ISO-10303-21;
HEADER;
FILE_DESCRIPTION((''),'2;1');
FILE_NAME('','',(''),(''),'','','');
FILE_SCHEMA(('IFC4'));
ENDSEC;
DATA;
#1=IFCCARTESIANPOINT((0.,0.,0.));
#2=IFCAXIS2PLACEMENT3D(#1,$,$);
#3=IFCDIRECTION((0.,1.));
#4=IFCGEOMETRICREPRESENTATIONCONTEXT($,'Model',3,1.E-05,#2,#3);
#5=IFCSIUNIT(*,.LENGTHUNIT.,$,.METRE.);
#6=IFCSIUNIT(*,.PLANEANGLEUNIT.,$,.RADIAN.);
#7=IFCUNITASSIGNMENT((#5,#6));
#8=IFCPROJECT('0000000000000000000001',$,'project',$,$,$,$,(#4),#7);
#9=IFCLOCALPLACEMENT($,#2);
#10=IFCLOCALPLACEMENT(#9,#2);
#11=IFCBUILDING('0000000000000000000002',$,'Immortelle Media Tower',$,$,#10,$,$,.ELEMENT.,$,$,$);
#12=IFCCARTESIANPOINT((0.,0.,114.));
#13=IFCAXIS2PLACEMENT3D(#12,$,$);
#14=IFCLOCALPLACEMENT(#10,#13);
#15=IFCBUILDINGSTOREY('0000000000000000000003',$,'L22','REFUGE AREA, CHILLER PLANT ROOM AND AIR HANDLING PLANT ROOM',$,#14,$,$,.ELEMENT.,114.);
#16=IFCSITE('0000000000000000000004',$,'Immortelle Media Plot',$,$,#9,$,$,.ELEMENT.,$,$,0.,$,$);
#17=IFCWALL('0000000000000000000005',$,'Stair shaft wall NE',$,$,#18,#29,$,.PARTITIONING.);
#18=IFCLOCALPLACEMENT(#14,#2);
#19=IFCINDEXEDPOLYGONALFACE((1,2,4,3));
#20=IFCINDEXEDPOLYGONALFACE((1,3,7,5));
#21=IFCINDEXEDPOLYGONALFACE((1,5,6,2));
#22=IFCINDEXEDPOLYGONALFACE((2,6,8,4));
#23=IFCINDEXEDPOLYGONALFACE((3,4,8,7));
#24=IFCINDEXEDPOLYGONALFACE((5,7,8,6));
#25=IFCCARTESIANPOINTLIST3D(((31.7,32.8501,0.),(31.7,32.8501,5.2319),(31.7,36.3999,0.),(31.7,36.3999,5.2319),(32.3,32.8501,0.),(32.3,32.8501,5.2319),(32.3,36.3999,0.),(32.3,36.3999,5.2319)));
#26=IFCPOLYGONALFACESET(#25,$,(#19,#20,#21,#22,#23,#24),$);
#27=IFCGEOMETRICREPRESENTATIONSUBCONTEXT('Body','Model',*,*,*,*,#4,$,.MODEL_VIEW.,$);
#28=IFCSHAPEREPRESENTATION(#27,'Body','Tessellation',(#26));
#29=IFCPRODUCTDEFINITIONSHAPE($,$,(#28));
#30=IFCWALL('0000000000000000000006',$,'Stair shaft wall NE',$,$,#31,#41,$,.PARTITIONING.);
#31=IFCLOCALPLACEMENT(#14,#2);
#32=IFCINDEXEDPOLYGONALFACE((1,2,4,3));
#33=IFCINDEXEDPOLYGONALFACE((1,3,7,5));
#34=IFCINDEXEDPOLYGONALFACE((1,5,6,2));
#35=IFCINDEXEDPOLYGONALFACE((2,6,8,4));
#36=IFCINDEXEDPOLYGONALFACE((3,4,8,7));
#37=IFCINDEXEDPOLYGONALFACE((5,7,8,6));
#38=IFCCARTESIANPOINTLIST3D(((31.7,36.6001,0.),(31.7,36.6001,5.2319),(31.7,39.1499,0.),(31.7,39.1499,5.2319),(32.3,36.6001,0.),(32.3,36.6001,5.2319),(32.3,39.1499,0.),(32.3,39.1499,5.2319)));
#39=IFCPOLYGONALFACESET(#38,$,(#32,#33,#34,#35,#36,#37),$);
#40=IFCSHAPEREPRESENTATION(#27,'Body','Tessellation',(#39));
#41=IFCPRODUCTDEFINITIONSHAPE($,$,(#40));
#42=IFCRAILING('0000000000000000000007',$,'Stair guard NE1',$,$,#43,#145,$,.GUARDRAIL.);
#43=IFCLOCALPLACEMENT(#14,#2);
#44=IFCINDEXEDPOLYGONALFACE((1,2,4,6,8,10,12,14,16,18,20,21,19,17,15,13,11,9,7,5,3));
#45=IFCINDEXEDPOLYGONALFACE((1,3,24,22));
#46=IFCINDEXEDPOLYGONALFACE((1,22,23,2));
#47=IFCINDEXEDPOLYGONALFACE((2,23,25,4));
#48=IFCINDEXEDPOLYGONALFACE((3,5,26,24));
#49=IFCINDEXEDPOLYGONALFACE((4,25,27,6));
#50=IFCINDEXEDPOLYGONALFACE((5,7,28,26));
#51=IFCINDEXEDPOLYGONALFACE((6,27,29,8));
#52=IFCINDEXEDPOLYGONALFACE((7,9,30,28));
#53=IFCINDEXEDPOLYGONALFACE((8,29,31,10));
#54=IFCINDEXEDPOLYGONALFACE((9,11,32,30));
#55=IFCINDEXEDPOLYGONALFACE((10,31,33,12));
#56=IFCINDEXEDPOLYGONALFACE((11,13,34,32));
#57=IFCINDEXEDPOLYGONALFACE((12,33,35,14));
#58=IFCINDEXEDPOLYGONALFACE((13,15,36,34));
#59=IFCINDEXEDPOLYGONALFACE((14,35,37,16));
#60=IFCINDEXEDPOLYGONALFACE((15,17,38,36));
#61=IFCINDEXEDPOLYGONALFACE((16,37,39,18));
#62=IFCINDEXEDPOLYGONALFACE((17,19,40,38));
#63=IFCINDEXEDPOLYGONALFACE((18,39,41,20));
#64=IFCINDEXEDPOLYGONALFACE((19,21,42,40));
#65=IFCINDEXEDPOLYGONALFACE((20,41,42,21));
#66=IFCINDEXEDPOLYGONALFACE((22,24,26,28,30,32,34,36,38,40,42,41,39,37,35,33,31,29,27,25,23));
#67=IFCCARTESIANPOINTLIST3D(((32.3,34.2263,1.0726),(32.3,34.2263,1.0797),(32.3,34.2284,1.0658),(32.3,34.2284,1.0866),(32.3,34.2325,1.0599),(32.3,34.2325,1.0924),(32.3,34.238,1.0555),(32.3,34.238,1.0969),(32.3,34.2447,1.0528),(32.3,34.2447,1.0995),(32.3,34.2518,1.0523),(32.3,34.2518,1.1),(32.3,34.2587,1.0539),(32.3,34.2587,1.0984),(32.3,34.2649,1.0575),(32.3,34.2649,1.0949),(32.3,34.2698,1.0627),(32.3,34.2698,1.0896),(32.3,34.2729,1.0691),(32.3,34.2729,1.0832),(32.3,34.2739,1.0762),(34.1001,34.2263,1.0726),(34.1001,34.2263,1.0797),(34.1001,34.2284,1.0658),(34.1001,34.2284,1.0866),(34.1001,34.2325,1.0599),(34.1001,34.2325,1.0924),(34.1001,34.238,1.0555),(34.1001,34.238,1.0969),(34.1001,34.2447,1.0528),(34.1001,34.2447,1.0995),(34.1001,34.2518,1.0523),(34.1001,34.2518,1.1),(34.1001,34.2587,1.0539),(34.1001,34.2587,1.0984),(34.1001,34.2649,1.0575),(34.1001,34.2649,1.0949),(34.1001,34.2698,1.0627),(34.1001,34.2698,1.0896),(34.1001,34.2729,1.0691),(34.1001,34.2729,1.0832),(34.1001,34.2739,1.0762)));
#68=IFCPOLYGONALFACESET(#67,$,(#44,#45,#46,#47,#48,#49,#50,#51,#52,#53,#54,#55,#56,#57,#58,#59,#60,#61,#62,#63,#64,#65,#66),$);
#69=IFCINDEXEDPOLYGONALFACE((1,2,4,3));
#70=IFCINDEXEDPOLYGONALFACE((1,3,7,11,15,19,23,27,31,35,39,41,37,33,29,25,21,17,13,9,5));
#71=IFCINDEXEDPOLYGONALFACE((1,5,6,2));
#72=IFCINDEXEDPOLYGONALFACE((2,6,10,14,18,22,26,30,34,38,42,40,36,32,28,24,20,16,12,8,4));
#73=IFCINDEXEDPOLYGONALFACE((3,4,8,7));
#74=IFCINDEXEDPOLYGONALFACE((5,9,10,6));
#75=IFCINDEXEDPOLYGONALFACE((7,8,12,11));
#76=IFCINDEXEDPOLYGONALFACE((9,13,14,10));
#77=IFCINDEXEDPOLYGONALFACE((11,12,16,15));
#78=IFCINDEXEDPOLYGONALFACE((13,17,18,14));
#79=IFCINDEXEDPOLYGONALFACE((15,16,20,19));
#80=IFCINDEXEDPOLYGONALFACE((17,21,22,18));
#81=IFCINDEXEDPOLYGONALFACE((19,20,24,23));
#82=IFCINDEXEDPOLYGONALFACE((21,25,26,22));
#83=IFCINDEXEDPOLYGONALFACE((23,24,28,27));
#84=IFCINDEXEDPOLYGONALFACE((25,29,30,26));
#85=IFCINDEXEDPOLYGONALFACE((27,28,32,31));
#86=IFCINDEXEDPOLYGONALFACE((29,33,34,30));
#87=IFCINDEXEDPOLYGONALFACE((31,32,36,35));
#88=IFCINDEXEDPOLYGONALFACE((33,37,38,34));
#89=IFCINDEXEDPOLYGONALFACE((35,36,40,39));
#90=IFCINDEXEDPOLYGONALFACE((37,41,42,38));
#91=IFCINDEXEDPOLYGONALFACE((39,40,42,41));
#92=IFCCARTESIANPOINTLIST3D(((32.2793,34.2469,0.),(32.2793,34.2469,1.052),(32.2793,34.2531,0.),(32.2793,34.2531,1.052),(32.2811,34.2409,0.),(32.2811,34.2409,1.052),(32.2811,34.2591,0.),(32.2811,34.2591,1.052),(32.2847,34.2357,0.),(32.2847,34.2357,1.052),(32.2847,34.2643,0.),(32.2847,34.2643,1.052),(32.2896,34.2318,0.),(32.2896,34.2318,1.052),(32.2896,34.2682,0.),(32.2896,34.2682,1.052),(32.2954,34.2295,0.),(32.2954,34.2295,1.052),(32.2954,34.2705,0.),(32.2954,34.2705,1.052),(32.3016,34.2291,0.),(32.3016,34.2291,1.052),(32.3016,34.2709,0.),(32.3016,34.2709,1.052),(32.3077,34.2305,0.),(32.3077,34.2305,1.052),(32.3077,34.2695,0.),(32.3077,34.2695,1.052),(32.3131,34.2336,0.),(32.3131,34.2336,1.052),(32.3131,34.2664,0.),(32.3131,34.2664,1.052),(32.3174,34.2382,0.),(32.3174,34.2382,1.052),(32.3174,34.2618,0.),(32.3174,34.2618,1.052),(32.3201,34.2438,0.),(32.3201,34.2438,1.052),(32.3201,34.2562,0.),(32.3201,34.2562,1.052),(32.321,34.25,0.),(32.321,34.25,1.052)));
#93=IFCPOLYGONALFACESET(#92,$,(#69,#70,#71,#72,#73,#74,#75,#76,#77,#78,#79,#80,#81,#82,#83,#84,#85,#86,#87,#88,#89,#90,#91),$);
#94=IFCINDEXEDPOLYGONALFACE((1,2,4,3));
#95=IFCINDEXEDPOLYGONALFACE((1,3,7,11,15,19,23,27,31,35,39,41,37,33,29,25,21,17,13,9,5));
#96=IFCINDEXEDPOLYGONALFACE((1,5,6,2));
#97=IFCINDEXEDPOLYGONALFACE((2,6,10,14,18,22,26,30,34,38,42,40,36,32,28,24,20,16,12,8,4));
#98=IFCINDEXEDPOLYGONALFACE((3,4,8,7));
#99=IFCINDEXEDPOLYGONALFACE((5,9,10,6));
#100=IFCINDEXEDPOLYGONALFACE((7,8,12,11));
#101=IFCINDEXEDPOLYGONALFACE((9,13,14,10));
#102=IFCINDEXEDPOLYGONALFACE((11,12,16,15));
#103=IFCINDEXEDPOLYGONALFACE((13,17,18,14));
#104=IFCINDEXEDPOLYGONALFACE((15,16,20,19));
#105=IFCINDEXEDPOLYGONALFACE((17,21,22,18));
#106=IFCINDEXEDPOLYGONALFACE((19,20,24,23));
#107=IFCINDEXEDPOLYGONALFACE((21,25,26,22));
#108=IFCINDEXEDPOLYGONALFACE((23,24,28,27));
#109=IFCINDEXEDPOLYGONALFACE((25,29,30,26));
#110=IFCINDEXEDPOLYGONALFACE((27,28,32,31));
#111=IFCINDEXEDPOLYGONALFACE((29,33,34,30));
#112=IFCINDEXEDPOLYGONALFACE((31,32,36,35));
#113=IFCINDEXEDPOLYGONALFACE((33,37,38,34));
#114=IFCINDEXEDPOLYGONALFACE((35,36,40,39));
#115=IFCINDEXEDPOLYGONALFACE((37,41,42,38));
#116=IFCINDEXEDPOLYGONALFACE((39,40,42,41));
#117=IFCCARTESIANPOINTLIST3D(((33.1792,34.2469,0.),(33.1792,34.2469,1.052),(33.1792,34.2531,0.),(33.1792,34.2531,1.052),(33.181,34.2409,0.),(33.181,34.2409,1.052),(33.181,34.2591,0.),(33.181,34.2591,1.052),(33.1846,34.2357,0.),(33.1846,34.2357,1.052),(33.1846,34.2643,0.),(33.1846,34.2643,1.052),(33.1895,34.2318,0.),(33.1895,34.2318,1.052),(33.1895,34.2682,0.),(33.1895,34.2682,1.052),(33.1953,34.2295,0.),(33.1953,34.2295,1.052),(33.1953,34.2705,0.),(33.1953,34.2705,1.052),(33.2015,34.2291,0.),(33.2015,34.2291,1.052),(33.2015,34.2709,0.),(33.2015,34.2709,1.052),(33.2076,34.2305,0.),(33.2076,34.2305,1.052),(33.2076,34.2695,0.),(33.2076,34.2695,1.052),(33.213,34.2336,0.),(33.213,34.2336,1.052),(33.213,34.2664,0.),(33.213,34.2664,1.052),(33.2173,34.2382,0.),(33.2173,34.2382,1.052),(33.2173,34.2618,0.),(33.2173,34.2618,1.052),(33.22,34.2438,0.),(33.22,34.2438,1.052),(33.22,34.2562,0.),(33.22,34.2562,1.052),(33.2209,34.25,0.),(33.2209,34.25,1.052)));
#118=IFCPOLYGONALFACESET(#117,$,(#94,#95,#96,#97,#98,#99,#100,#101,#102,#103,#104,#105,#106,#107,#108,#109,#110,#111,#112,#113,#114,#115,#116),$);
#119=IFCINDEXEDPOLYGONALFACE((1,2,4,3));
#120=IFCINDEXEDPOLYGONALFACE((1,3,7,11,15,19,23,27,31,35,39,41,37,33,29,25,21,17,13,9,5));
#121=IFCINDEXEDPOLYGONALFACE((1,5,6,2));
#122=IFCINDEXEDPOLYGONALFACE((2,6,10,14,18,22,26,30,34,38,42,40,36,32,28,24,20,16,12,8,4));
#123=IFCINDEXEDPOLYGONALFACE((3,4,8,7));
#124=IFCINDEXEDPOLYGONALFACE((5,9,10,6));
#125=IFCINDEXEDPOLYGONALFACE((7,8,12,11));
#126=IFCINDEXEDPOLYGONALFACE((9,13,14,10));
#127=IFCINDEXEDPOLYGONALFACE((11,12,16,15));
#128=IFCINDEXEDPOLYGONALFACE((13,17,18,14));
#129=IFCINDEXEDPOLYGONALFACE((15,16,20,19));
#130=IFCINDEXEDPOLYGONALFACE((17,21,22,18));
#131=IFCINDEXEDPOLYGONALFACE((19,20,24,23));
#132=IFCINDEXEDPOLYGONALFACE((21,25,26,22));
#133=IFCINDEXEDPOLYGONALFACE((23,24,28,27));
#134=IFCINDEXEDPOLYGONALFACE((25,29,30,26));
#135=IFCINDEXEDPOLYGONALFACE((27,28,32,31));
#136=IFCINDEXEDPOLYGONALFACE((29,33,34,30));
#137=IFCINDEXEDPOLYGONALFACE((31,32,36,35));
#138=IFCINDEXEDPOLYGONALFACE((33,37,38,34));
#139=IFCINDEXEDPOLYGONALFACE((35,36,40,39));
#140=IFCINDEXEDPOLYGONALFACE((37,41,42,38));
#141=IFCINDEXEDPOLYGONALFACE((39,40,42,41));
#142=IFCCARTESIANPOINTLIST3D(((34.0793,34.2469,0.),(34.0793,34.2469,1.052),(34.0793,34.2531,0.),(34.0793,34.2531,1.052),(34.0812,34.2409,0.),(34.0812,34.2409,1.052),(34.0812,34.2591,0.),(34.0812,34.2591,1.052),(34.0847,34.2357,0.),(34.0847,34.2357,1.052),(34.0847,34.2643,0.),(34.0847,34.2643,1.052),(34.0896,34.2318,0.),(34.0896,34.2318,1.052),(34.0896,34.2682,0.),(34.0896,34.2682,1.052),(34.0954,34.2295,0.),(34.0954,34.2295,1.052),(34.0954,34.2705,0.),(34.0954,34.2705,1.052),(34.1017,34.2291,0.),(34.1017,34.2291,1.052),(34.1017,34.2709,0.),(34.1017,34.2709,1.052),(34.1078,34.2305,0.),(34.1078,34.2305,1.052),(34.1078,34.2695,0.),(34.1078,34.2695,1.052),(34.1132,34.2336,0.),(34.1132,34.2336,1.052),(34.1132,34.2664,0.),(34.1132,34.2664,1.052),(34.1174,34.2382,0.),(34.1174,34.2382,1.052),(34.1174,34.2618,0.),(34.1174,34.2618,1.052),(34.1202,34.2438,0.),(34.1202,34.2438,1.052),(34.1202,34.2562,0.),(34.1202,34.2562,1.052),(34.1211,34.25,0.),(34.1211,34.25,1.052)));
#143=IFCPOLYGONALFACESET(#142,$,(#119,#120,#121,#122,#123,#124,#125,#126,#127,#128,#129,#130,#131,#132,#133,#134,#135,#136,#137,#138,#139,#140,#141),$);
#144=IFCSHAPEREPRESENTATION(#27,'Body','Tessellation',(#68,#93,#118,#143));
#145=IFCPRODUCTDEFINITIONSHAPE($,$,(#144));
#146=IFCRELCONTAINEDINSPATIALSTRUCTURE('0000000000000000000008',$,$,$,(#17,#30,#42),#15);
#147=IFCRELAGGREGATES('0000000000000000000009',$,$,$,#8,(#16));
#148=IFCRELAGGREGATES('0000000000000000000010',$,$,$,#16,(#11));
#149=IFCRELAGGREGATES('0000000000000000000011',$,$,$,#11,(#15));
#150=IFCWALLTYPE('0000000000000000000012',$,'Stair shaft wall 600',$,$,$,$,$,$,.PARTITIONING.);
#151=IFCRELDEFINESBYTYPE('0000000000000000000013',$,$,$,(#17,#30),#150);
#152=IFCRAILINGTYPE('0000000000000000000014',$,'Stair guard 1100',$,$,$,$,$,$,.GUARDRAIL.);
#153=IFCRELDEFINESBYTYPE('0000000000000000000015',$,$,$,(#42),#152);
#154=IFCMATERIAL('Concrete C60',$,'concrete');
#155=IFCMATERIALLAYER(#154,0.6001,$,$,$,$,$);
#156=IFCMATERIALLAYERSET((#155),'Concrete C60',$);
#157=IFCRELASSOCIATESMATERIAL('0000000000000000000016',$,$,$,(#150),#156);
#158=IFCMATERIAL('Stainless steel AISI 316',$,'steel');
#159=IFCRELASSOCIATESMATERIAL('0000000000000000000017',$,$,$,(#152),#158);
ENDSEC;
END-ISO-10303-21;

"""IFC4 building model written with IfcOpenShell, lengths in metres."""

from ifc_helpers import new_model, si_unit, direction, frame, frame_2d, origin, origin_2d, place, context, subcontext, project, spatial, rectangle, circle, extrude, material, layer, layer_set, type_object, element, save


model = new_model("IFC4")

# Units and contexts
model_context = context("Model", 3, precision=1e-05, world=origin(), true_north=direction((0.0, 1.0)))
body_context = subcontext(model_context, "Body", "Model", "MODEL_VIEW")
ifc_project = project(units=[si_unit("LENGTHUNIT", "METRE"), si_unit("PLANEANGLEUNIT", "RADIAN")], contexts=[model_context])

# Site, building, storey
site_placement = place(None, origin())
site = spatial("IfcSite", under=ifc_project, at=site_placement, Name="Immortelle Media Plot", CompositionType="ELEMENT", RefElevation=0.0)
building_placement = place(site_placement, origin())
building = spatial("IfcBuilding", under=site, at=building_placement, Name="Immortelle Media Tower", CompositionType="ELEMENT")
storey_placement = place(building_placement, frame((0.0, 0.0, 114.0)))
storey = spatial("IfcBuildingStorey", under=building, at=storey_placement, Name="L22", Description="REFUGE AREA, CHILLER PLANT ROOM AND AIR HANDLING PLANT ROOM", CompositionType="ELEMENT", Elevation=114.0)

# Walls
ifc_material_1 = material(Name="Concrete C60", Category="concrete")
ifc_layer_1 = layer(ifc_material_1, 0.6001)
ifc_layer_set_1 = layer_set([ifc_layer_1], Name="Concrete C60")
wall_type_1 = type_object("IfcWallType", Name="Stair shaft wall 600", PredefinedType="PARTITIONING", material=ifc_layer_set_1)
wall_1_placement = place(storey_placement, frame((32.0, 32.8501, 0.0), z_axis=(0.0, 0.0, 1.0), x_axis=(0.0, 1.0, 0.0)))
element("IfcWall", 1, at=wall_1_placement, inside=storey, type_object=wall_type_1, Name="Stair shaft wall NE", PredefinedType="PARTITIONING", context=body_context, shape_type="SweptSolid", body=[
    extrude(rectangle(XDim=3.5498, YDim=0.6001, at=frame_2d((1.7749, 0.0))), origin(), (0.0, 0.0, 1.0), 5.2319),
])
wall_2_placement = place(storey_placement, frame((32.0, 36.6001, 0.0), z_axis=(0.0, 0.0, 1.0), x_axis=(0.0, 1.0, 0.0)))
element("IfcWall", 2, at=wall_2_placement, inside=storey, type_object=wall_type_1, Name="Stair shaft wall NE", PredefinedType="PARTITIONING", context=body_context, shape_type="SweptSolid", body=[
    extrude(rectangle(XDim=2.5498, YDim=0.6001, at=frame_2d((1.2749, 0.0))), origin(), (0.0, 0.0, 1.0), 5.2319),
])

# Railing
ifc_material_2 = material(Name="Stainless steel AISI 316", Category="steel")
railing_type = type_object("IfcRailingType", Name="Stair guard 1100", PredefinedType="GUARDRAIL", material=ifc_material_2)
railing_1_placement = place(storey_placement, frame((32.3, 34.25, 0.0)))
element("IfcRailing", 3, at=railing_1_placement, inside=storey, type_object=railing_type, Name="Stair guard NE1", PredefinedType="GUARDRAIL", context=body_context, shape_type="SweptSolid", body=[
    extrude(circle(Radius=0.0239, at=origin_2d()), frame((0.0, 0.0, 1.0762), z_axis=(1.0, 0.0, 0.0), x_axis=(0.0, 1.0, 0.0)), (0.0, 0.0, 1.0), 1.8),
    extrude(circle(Radius=0.021, at=origin_2d()), origin(), (0.0, 0.0, 1.0), 1.052),
    extrude(circle(Radius=0.021, at=origin_2d()), frame((0.8999, 0.0, 0.0)), (0.0, 0.0, 1.0), 1.052),
    extrude(circle(Radius=0.021, at=origin_2d()), frame((1.8, 0.0, 0.0)), (0.0, 0.0, 1.0), 1.052),
])

save(model, "model.ifc")
